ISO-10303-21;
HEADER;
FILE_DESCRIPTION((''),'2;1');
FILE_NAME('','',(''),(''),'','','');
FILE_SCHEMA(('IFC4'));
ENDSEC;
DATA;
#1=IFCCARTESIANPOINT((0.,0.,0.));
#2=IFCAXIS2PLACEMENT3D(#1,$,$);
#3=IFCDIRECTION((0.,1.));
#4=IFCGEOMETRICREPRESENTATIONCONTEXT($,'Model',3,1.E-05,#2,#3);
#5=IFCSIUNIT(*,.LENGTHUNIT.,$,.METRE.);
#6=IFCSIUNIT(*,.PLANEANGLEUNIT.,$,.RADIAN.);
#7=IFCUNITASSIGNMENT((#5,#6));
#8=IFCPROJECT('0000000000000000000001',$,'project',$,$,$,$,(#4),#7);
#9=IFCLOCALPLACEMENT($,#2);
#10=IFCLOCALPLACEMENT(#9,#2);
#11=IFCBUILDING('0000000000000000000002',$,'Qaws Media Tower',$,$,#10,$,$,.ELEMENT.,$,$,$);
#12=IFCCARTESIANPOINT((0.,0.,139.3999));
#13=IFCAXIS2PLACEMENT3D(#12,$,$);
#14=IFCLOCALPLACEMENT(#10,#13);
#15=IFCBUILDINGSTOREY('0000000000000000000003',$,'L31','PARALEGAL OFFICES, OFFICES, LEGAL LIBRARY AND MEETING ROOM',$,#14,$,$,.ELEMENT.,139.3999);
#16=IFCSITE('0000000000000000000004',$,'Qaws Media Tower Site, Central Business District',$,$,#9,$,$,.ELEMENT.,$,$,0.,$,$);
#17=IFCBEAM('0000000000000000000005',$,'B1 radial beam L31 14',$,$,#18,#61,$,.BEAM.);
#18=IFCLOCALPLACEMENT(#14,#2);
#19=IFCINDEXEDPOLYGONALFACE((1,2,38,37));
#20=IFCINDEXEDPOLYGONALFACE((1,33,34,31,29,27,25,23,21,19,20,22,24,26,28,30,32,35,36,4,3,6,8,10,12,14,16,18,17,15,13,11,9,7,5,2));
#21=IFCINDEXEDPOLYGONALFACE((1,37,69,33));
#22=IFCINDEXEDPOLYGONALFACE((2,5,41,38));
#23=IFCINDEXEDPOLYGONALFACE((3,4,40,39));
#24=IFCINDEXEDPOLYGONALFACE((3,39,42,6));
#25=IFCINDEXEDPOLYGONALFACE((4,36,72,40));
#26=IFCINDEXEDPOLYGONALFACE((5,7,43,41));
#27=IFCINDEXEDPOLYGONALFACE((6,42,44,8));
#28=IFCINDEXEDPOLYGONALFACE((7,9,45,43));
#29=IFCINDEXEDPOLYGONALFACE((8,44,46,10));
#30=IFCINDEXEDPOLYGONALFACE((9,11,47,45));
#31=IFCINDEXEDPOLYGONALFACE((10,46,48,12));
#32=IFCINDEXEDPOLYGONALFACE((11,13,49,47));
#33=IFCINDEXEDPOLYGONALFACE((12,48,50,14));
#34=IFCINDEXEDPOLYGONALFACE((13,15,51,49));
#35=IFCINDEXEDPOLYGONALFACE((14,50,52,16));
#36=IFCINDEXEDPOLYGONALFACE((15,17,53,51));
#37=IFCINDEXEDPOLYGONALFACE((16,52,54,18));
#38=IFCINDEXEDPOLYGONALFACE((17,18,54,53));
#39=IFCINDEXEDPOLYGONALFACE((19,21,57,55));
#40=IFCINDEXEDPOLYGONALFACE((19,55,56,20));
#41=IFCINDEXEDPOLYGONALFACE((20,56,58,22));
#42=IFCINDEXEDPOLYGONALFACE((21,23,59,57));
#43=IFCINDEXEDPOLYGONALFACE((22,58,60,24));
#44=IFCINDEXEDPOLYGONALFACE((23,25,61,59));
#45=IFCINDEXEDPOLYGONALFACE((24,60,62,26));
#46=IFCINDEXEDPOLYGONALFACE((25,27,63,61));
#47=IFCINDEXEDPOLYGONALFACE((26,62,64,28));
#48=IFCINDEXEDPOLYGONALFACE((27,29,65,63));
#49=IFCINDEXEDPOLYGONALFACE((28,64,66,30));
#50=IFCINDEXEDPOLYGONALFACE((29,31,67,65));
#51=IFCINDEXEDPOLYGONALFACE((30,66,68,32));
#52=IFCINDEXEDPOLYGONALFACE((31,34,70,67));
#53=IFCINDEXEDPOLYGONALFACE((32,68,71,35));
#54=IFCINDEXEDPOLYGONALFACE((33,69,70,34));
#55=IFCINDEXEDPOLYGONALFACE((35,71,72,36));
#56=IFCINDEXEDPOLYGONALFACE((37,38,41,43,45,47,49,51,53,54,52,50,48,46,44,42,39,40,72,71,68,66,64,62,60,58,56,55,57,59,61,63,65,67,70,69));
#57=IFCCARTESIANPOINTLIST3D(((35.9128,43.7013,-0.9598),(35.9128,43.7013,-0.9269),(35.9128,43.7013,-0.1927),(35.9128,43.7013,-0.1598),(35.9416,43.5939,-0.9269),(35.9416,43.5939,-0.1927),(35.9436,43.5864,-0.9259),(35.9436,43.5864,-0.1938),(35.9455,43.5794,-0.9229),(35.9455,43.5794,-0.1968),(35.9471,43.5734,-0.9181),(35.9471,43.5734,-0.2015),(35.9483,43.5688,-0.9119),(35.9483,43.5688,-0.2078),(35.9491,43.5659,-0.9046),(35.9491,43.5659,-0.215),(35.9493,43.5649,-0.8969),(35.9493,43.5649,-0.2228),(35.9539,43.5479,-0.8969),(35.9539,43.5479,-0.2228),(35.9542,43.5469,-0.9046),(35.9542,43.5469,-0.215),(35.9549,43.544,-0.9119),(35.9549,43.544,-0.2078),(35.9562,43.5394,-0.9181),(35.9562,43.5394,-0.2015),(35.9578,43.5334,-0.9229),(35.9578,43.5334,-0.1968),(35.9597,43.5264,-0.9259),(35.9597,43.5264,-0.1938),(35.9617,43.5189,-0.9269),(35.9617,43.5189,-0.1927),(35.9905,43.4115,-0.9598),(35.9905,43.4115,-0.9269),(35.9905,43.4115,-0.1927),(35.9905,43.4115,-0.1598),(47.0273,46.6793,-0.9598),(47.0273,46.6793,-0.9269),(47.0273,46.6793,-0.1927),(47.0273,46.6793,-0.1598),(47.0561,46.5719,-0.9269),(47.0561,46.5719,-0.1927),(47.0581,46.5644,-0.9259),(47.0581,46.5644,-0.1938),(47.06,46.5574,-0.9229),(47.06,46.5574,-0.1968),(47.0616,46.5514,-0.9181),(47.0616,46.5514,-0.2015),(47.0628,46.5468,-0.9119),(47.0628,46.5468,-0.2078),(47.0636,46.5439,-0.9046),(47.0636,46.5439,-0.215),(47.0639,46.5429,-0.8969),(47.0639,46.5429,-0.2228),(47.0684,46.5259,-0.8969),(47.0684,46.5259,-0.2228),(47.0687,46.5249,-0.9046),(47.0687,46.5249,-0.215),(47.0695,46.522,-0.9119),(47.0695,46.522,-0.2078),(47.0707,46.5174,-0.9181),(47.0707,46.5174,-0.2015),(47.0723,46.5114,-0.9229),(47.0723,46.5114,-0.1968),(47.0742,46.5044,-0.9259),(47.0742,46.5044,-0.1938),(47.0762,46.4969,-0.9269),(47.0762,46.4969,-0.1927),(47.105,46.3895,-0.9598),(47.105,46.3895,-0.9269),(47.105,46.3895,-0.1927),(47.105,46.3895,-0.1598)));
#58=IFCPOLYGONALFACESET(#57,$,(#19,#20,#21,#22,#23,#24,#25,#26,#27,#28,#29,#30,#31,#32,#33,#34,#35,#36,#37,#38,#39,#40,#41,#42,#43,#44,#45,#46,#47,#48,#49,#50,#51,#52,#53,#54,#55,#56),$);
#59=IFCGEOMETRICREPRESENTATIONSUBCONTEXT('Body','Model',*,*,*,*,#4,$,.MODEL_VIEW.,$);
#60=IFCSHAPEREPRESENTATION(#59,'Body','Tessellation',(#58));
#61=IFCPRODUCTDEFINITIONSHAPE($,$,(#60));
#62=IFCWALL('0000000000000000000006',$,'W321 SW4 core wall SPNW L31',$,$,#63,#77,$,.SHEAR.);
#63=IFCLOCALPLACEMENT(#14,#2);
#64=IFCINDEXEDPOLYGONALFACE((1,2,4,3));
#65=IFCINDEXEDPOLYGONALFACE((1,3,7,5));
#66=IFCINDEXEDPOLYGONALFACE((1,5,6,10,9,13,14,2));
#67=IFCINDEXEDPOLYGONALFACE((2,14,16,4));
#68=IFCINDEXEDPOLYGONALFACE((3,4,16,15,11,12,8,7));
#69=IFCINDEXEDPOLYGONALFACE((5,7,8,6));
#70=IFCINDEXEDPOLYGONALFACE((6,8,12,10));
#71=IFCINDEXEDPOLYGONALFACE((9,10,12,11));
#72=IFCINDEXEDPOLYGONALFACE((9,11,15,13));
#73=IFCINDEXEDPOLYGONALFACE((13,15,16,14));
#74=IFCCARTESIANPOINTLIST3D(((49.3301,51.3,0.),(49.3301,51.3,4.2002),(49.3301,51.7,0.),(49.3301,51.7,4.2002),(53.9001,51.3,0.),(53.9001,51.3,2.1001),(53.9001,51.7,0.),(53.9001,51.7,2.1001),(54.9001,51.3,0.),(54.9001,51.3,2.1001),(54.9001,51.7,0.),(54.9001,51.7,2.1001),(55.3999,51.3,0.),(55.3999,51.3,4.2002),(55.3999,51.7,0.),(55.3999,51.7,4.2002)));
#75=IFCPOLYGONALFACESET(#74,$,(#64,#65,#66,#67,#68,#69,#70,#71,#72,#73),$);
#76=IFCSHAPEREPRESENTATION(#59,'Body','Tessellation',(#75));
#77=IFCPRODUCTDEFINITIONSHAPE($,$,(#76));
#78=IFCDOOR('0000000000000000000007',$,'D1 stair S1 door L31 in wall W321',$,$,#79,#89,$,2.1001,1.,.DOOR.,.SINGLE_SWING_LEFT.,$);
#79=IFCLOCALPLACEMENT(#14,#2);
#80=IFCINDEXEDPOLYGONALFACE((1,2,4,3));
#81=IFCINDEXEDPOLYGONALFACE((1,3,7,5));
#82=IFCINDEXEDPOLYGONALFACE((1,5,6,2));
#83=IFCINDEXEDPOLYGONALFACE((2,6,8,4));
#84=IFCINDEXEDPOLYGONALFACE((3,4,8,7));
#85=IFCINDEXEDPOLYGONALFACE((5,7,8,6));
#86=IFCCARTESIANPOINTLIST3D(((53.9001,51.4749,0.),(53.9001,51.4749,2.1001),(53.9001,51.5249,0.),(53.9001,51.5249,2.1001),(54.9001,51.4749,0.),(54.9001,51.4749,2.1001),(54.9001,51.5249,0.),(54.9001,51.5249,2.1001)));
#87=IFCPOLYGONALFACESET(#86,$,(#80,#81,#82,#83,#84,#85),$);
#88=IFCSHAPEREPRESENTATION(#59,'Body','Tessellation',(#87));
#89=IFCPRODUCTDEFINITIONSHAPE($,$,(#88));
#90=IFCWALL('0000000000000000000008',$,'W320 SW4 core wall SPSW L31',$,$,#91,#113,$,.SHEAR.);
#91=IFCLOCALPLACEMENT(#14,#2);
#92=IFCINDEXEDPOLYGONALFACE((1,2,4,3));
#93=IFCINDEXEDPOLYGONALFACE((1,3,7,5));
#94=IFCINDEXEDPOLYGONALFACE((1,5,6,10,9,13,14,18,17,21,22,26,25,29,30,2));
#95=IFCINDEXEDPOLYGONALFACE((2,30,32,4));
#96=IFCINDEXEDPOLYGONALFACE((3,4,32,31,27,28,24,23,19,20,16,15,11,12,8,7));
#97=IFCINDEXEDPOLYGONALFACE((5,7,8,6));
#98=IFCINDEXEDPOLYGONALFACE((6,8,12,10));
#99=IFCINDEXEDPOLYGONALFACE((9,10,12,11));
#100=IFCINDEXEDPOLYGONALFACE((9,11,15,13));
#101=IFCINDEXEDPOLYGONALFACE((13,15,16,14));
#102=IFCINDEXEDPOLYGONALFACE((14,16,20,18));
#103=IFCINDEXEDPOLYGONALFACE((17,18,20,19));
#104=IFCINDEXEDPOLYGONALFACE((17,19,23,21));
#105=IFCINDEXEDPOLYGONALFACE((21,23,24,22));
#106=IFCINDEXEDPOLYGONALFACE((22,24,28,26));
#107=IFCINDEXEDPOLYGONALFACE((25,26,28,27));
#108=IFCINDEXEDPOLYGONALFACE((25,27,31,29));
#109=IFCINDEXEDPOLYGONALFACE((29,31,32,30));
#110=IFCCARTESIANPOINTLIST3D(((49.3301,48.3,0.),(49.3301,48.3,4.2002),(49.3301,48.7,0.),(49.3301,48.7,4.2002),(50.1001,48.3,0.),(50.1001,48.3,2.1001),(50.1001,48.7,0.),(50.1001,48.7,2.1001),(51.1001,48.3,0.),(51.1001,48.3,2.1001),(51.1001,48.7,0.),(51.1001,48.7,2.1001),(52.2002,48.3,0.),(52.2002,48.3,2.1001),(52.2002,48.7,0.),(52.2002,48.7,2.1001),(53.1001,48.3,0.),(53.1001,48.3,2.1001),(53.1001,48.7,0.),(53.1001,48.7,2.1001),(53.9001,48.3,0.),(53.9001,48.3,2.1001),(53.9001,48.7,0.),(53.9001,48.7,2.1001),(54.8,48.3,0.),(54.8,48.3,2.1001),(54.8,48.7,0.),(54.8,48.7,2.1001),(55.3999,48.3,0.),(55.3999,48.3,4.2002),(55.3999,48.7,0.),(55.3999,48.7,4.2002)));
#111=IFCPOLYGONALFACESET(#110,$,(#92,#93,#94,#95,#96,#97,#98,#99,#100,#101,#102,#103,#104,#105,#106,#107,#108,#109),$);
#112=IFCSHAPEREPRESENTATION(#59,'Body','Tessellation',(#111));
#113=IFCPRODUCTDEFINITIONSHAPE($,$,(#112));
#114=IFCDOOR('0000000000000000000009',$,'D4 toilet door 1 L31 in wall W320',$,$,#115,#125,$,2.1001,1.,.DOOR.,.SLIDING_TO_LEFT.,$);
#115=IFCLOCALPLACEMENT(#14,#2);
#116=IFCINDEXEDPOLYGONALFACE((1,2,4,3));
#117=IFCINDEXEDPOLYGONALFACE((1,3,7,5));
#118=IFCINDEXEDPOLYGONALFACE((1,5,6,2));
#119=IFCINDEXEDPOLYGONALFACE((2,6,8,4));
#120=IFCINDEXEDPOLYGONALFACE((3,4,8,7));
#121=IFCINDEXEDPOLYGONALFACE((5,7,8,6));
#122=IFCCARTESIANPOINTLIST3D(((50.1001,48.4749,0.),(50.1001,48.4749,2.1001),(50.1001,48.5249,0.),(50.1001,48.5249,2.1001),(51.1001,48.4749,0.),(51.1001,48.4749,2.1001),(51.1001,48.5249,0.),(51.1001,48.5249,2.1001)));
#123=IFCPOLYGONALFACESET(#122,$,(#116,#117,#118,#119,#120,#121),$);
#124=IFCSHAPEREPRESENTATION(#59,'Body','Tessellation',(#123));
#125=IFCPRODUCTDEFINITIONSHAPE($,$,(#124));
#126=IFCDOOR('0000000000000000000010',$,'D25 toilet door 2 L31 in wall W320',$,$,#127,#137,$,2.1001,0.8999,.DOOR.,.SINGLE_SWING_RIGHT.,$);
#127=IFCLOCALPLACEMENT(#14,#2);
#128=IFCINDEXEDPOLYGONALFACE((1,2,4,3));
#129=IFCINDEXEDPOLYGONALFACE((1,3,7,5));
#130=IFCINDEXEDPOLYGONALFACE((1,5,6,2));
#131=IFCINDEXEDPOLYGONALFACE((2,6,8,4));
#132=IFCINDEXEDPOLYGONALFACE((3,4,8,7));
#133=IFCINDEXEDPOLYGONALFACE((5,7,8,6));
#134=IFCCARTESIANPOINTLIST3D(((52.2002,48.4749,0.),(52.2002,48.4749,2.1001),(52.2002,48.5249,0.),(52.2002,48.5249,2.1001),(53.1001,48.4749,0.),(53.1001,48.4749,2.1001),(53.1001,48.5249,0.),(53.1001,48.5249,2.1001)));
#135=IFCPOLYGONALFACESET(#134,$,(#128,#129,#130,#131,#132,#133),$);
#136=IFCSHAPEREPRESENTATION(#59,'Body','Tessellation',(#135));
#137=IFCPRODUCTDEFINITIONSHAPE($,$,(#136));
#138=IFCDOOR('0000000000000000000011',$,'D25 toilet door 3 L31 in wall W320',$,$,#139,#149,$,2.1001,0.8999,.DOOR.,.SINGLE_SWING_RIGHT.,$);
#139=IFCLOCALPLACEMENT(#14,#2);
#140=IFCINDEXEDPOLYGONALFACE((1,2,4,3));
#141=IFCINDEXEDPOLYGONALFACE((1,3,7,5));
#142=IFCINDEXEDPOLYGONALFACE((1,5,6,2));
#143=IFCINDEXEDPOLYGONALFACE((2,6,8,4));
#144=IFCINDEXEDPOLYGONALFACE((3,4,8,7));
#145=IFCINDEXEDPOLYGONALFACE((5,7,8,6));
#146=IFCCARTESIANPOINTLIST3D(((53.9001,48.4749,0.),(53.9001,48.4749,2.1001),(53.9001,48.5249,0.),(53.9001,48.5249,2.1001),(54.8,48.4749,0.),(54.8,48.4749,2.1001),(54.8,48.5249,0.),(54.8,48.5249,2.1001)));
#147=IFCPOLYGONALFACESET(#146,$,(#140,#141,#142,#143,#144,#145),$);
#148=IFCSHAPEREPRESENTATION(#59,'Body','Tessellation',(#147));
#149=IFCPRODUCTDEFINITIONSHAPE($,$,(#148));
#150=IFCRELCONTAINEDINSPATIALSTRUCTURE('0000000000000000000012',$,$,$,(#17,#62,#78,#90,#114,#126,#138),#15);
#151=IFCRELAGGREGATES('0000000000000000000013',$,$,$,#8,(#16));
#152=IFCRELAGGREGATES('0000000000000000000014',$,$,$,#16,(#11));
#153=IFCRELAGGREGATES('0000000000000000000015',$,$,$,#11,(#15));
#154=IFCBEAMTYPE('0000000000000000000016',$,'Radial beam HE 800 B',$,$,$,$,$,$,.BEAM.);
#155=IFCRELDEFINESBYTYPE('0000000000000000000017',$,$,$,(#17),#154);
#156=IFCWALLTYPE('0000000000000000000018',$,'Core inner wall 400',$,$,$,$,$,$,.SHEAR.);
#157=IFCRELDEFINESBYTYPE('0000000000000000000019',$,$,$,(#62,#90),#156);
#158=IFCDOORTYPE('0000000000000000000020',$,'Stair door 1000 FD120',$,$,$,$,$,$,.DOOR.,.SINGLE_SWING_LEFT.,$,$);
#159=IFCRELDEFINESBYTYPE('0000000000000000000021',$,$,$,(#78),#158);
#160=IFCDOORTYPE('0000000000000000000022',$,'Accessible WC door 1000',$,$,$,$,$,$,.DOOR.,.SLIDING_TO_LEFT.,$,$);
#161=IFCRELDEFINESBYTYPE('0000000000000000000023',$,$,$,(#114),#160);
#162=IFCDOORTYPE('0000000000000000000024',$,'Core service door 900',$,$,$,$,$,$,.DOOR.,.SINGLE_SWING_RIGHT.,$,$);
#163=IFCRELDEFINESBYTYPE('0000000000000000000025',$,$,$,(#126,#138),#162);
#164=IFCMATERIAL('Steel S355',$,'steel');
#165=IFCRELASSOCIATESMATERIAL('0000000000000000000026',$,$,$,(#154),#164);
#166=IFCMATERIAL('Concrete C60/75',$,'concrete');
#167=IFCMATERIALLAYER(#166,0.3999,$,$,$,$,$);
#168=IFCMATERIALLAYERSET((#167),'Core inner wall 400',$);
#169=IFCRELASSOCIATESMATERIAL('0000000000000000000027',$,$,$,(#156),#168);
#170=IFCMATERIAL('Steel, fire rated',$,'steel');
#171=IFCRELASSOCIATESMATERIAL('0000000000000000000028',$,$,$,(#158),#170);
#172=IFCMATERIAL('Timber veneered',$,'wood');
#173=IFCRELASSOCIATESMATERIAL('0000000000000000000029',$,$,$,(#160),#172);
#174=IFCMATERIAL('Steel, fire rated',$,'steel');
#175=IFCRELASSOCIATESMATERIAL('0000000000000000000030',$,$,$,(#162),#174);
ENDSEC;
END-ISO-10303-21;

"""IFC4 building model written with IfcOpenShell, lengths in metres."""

from ifc_helpers import new_model, si_unit, direction, frame, frame_2d, origin, origin_2d, place, context, subcontext, project, spatial, rectangle, i_section, extrude, material, layer, layer_set, material_profile, profile_set, type_object, element, fill, save


model = new_model("IFC4")

# Units and contexts
model_context = context("Model", 3, precision=1e-05, world=origin(), true_north=direction((0.0, 1.0)))
body_context = subcontext(model_context, "Body", "Model", "MODEL_VIEW")
ifc_project = project(units=[si_unit("LENGTHUNIT", "METRE"), si_unit("PLANEANGLEUNIT", "RADIAN")], contexts=[model_context])

# Site, building, storey
site_placement = place(None, origin())
site = spatial("IfcSite", under=ifc_project, at=site_placement, Name="Qaws Media Tower Site, Central Business District", CompositionType="ELEMENT", RefElevation=0.0)
building_placement = place(site_placement, origin())
building = spatial("IfcBuilding", under=site, at=building_placement, Name="Qaws Media Tower", CompositionType="ELEMENT")
storey_placement = place(building_placement, frame((0.0, 0.0, 139.3999)))
storey = spatial("IfcBuildingStorey", under=building, at=storey_placement, Name="L31", Description="PARALEGAL OFFICES, OFFICES, LEGAL LIBRARY AND MEETING ROOM", CompositionType="ELEMENT", Elevation=139.3999)

# Beam
ifc_material_1 = material(Name="Steel S355", Category="steel")
ifc_material_profile_1 = material_profile(ifc_material_1, i_section(OverallWidth=0.3, OverallDepth=0.8, WebThickness=0.0176, FlangeThickness=0.033, FilletRadius=0.03, at=origin_2d()), Name="HE 800 B")
ifc_profile_set_1 = profile_set([ifc_material_profile_1], Name="Steel S355")
beam_type_1 = type_object("IfcBeamType", Name="Radial beam HE 800 B", PredefinedType="BEAM", material=ifc_profile_set_1)
beam_1_placement = place(storey_placement, frame((47.0662, 46.5344, -0.5598), z_axis=(-0.965928, -0.258811, 0.0), x_axis=(0.258811, -0.965928, 0.0)))
element("IfcBeam", 1, at=beam_1_placement, inside=storey, type_object=beam_type_1, Name="B1 radial beam L31 14", PredefinedType="BEAM", context=body_context, shape_type="SweptSolid", body=[
    extrude(i_section(OverallWidth=0.3, OverallDepth=0.8, WebThickness=0.0176, FlangeThickness=0.033, FilletRadius=0.03, at=origin_2d()), origin(), (0.0, 0.0, 1.0), 11.5066),
])

# Wall, opening, door
ifc_material_2 = material(Name="Concrete C60/75", Category="concrete")
ifc_layer_1 = layer(ifc_material_2, 0.3999)
ifc_layer_set_1 = layer_set([ifc_layer_1], Name="Core inner wall 400")
wall_type_1 = type_object("IfcWallType", Name="Core inner wall 400", PredefinedType="SHEAR", material=ifc_layer_set_1)
wall_1_placement = place(storey_placement, frame((49.3301, 51.5, 0.0), z_axis=(0.0, 0.0, 1.0), x_axis=(1.0, 0.0, 0.0)))
wall_1 = element("IfcWall", 2, at=wall_1_placement, inside=storey, type_object=wall_type_1, Name="W321 SW4 core wall SPNW L31", PredefinedType="SHEAR", context=body_context, shape_type="SweptSolid", body=[
    extrude(rectangle(XDim=6.0698, YDim=0.3999, at=frame_2d((3.0349, 0.0))), origin(), (0.0, 0.0, 1.0), 4.2002),
])
opening_1_placement = place(wall_1_placement, frame((4.5701, 0.0, 0.0)))
opening_1 = element("IfcOpeningElement", 3, at=opening_1_placement, cuts=wall_1, PredefinedType="OPENING", context=body_context, shape_type="SweptSolid", body=[
    extrude(rectangle(XDim=1.0, YDim=2.1001, at=frame_2d((0.5, 1.05))), frame((0.0, 0.21, 0.0), z_axis=(0.0, -1.0, 0.0), x_axis=(1.0, 0.0, 0.0)), (0.0, 0.0, 1.0), 0.4199),
])
ifc_material_3 = material(Name="Steel, fire rated", Category="steel")
door_type_1 = type_object("IfcDoorType", Name="Stair door 1000 FD120", OperationType="SINGLE_SWING_LEFT", PredefinedType="DOOR", material=ifc_material_3)
door_1_placement = place(opening_1_placement, origin())
door_1 = element("IfcDoor", 4, at=door_1_placement, inside=storey, type_object=door_type_1, Name="D1 stair S1 door L31 in wall W321", OperationType="SINGLE_SWING_LEFT", OverallHeight=2.1001, OverallWidth=1.0, PredefinedType="DOOR", context=body_context, shape_type="SweptSolid", body=[
    extrude(rectangle(XDim=1.0, YDim=2.1001, at=frame_2d((0.5, 1.05))), frame((0.0, 0.0249, 0.0), z_axis=(0.0, -1.0, 0.0), x_axis=(1.0, 0.0, 0.0)), (0.0, 0.0, 1.0), 0.05),
])
fill(opening_1, door_1)

# Wall, openings, doors
wall_2_placement = place(storey_placement, frame((49.3301, 48.5, 0.0), z_axis=(0.0, 0.0, 1.0), x_axis=(1.0, 0.0, 0.0)))
wall_2 = element("IfcWall", 5, at=wall_2_placement, inside=storey, type_object=wall_type_1, Name="W320 SW4 core wall SPSW L31", PredefinedType="SHEAR", context=body_context, shape_type="SweptSolid", body=[
    extrude(rectangle(XDim=6.0698, YDim=0.3999, at=frame_2d((3.0349, 0.0))), origin(), (0.0, 0.0, 1.0), 4.2002),
])
opening_2_placement = place(wall_2_placement, frame((0.77, 0.0, 0.0)))
opening_2 = element("IfcOpeningElement", 6, at=opening_2_placement, cuts=wall_2, PredefinedType="OPENING", context=body_context, shape_type="SweptSolid", body=[
    extrude(rectangle(XDim=1.0, YDim=2.1001, at=frame_2d((0.5, 1.05))), frame((0.0, 0.21, 0.0), z_axis=(0.0, -1.0, 0.0), x_axis=(1.0, 0.0, 0.0)), (0.0, 0.0, 1.0), 0.4199),
])
opening_3_placement = place(wall_2_placement, frame((2.8701, 0.0, 0.0)))
opening_3 = element("IfcOpeningElement", 7, at=opening_3_placement, cuts=wall_2, PredefinedType="OPENING", context=body_context, shape_type="SweptSolid", body=[
    extrude(rectangle(XDim=0.8999, YDim=2.1001, at=frame_2d((0.45, 1.05))), frame((0.0, 0.21, 0.0), z_axis=(0.0, -1.0, 0.0), x_axis=(1.0, 0.0, 0.0)), (0.0, 0.0, 1.0), 0.4199),
])
opening_4_placement = place(wall_2_placement, frame((4.5701, 0.0, 0.0)))
opening_4 = element("IfcOpeningElement", 8, at=opening_4_placement, cuts=wall_2, PredefinedType="OPENING", context=body_context, shape_type="SweptSolid", body=[
    extrude(rectangle(XDim=0.8999, YDim=2.1001, at=frame_2d((0.45, 1.05))), frame((0.0, 0.21, 0.0), z_axis=(0.0, -1.0, 0.0), x_axis=(1.0, 0.0, 0.0)), (0.0, 0.0, 1.0), 0.4199),
])
ifc_material_4 = material(Name="Timber veneered", Category="wood")
door_type_2 = type_object("IfcDoorType", Name="Accessible WC door 1000", OperationType="SLIDING_TO_LEFT", PredefinedType="DOOR", material=ifc_material_4)
door_2_placement = place(opening_2_placement, origin())
door_2 = element("IfcDoor", 9, at=door_2_placement, inside=storey, type_object=door_type_2, Name="D4 toilet door 1 L31 in wall W320", OperationType="SLIDING_TO_LEFT", OverallHeight=2.1001, OverallWidth=1.0, PredefinedType="DOOR", context=body_context, shape_type="SweptSolid", body=[
    extrude(rectangle(XDim=1.0, YDim=2.1001, at=frame_2d((0.5, 1.05))), frame((0.0, 0.0249, 0.0), z_axis=(0.0, -1.0, 0.0), x_axis=(1.0, 0.0, 0.0)), (0.0, 0.0, 1.0), 0.05),
])
fill(opening_2, door_2)
ifc_material_5 = material(Name="Steel, fire rated", Category="steel")
door_type_3 = type_object("IfcDoorType", Name="Core service door 900", OperationType="SINGLE_SWING_RIGHT", PredefinedType="DOOR", material=ifc_material_5)
door_3_placement = place(opening_3_placement, origin())
door_3 = element("IfcDoor", 10, at=door_3_placement, inside=storey, type_object=door_type_3, Name="D25 toilet door 2 L31 in wall W320", OperationType="SINGLE_SWING_RIGHT", OverallHeight=2.1001, OverallWidth=0.8999, PredefinedType="DOOR", context=body_context, shape_type="SweptSolid", body=[
    extrude(rectangle(XDim=0.8999, YDim=2.1001, at=frame_2d((0.45, 1.05))), frame((0.0, 0.0249, 0.0), z_axis=(0.0, -1.0, 0.0), x_axis=(1.0, 0.0, 0.0)), (0.0, 0.0, 1.0), 0.05),
])
fill(opening_3, door_3)
door_4_placement = place(opening_4_placement, origin())
door_4 = element("IfcDoor", 11, at=door_4_placement, inside=storey, type_object=door_type_3, Name="D25 toilet door 3 L31 in wall W320", OperationType="SINGLE_SWING_RIGHT", OverallHeight=2.1001, OverallWidth=0.8999, PredefinedType="DOOR", context=body_context, shape_type="SweptSolid", body=[
    extrude(rectangle(XDim=0.8999, YDim=2.1001, at=frame_2d((0.45, 1.05))), frame((0.0, 0.0249, 0.0), z_axis=(0.0, -1.0, 0.0), x_axis=(1.0, 0.0, 0.0)), (0.0, 0.0, 1.0), 0.05),
])
fill(opening_4, door_4)

save(model, "model.ifc")
